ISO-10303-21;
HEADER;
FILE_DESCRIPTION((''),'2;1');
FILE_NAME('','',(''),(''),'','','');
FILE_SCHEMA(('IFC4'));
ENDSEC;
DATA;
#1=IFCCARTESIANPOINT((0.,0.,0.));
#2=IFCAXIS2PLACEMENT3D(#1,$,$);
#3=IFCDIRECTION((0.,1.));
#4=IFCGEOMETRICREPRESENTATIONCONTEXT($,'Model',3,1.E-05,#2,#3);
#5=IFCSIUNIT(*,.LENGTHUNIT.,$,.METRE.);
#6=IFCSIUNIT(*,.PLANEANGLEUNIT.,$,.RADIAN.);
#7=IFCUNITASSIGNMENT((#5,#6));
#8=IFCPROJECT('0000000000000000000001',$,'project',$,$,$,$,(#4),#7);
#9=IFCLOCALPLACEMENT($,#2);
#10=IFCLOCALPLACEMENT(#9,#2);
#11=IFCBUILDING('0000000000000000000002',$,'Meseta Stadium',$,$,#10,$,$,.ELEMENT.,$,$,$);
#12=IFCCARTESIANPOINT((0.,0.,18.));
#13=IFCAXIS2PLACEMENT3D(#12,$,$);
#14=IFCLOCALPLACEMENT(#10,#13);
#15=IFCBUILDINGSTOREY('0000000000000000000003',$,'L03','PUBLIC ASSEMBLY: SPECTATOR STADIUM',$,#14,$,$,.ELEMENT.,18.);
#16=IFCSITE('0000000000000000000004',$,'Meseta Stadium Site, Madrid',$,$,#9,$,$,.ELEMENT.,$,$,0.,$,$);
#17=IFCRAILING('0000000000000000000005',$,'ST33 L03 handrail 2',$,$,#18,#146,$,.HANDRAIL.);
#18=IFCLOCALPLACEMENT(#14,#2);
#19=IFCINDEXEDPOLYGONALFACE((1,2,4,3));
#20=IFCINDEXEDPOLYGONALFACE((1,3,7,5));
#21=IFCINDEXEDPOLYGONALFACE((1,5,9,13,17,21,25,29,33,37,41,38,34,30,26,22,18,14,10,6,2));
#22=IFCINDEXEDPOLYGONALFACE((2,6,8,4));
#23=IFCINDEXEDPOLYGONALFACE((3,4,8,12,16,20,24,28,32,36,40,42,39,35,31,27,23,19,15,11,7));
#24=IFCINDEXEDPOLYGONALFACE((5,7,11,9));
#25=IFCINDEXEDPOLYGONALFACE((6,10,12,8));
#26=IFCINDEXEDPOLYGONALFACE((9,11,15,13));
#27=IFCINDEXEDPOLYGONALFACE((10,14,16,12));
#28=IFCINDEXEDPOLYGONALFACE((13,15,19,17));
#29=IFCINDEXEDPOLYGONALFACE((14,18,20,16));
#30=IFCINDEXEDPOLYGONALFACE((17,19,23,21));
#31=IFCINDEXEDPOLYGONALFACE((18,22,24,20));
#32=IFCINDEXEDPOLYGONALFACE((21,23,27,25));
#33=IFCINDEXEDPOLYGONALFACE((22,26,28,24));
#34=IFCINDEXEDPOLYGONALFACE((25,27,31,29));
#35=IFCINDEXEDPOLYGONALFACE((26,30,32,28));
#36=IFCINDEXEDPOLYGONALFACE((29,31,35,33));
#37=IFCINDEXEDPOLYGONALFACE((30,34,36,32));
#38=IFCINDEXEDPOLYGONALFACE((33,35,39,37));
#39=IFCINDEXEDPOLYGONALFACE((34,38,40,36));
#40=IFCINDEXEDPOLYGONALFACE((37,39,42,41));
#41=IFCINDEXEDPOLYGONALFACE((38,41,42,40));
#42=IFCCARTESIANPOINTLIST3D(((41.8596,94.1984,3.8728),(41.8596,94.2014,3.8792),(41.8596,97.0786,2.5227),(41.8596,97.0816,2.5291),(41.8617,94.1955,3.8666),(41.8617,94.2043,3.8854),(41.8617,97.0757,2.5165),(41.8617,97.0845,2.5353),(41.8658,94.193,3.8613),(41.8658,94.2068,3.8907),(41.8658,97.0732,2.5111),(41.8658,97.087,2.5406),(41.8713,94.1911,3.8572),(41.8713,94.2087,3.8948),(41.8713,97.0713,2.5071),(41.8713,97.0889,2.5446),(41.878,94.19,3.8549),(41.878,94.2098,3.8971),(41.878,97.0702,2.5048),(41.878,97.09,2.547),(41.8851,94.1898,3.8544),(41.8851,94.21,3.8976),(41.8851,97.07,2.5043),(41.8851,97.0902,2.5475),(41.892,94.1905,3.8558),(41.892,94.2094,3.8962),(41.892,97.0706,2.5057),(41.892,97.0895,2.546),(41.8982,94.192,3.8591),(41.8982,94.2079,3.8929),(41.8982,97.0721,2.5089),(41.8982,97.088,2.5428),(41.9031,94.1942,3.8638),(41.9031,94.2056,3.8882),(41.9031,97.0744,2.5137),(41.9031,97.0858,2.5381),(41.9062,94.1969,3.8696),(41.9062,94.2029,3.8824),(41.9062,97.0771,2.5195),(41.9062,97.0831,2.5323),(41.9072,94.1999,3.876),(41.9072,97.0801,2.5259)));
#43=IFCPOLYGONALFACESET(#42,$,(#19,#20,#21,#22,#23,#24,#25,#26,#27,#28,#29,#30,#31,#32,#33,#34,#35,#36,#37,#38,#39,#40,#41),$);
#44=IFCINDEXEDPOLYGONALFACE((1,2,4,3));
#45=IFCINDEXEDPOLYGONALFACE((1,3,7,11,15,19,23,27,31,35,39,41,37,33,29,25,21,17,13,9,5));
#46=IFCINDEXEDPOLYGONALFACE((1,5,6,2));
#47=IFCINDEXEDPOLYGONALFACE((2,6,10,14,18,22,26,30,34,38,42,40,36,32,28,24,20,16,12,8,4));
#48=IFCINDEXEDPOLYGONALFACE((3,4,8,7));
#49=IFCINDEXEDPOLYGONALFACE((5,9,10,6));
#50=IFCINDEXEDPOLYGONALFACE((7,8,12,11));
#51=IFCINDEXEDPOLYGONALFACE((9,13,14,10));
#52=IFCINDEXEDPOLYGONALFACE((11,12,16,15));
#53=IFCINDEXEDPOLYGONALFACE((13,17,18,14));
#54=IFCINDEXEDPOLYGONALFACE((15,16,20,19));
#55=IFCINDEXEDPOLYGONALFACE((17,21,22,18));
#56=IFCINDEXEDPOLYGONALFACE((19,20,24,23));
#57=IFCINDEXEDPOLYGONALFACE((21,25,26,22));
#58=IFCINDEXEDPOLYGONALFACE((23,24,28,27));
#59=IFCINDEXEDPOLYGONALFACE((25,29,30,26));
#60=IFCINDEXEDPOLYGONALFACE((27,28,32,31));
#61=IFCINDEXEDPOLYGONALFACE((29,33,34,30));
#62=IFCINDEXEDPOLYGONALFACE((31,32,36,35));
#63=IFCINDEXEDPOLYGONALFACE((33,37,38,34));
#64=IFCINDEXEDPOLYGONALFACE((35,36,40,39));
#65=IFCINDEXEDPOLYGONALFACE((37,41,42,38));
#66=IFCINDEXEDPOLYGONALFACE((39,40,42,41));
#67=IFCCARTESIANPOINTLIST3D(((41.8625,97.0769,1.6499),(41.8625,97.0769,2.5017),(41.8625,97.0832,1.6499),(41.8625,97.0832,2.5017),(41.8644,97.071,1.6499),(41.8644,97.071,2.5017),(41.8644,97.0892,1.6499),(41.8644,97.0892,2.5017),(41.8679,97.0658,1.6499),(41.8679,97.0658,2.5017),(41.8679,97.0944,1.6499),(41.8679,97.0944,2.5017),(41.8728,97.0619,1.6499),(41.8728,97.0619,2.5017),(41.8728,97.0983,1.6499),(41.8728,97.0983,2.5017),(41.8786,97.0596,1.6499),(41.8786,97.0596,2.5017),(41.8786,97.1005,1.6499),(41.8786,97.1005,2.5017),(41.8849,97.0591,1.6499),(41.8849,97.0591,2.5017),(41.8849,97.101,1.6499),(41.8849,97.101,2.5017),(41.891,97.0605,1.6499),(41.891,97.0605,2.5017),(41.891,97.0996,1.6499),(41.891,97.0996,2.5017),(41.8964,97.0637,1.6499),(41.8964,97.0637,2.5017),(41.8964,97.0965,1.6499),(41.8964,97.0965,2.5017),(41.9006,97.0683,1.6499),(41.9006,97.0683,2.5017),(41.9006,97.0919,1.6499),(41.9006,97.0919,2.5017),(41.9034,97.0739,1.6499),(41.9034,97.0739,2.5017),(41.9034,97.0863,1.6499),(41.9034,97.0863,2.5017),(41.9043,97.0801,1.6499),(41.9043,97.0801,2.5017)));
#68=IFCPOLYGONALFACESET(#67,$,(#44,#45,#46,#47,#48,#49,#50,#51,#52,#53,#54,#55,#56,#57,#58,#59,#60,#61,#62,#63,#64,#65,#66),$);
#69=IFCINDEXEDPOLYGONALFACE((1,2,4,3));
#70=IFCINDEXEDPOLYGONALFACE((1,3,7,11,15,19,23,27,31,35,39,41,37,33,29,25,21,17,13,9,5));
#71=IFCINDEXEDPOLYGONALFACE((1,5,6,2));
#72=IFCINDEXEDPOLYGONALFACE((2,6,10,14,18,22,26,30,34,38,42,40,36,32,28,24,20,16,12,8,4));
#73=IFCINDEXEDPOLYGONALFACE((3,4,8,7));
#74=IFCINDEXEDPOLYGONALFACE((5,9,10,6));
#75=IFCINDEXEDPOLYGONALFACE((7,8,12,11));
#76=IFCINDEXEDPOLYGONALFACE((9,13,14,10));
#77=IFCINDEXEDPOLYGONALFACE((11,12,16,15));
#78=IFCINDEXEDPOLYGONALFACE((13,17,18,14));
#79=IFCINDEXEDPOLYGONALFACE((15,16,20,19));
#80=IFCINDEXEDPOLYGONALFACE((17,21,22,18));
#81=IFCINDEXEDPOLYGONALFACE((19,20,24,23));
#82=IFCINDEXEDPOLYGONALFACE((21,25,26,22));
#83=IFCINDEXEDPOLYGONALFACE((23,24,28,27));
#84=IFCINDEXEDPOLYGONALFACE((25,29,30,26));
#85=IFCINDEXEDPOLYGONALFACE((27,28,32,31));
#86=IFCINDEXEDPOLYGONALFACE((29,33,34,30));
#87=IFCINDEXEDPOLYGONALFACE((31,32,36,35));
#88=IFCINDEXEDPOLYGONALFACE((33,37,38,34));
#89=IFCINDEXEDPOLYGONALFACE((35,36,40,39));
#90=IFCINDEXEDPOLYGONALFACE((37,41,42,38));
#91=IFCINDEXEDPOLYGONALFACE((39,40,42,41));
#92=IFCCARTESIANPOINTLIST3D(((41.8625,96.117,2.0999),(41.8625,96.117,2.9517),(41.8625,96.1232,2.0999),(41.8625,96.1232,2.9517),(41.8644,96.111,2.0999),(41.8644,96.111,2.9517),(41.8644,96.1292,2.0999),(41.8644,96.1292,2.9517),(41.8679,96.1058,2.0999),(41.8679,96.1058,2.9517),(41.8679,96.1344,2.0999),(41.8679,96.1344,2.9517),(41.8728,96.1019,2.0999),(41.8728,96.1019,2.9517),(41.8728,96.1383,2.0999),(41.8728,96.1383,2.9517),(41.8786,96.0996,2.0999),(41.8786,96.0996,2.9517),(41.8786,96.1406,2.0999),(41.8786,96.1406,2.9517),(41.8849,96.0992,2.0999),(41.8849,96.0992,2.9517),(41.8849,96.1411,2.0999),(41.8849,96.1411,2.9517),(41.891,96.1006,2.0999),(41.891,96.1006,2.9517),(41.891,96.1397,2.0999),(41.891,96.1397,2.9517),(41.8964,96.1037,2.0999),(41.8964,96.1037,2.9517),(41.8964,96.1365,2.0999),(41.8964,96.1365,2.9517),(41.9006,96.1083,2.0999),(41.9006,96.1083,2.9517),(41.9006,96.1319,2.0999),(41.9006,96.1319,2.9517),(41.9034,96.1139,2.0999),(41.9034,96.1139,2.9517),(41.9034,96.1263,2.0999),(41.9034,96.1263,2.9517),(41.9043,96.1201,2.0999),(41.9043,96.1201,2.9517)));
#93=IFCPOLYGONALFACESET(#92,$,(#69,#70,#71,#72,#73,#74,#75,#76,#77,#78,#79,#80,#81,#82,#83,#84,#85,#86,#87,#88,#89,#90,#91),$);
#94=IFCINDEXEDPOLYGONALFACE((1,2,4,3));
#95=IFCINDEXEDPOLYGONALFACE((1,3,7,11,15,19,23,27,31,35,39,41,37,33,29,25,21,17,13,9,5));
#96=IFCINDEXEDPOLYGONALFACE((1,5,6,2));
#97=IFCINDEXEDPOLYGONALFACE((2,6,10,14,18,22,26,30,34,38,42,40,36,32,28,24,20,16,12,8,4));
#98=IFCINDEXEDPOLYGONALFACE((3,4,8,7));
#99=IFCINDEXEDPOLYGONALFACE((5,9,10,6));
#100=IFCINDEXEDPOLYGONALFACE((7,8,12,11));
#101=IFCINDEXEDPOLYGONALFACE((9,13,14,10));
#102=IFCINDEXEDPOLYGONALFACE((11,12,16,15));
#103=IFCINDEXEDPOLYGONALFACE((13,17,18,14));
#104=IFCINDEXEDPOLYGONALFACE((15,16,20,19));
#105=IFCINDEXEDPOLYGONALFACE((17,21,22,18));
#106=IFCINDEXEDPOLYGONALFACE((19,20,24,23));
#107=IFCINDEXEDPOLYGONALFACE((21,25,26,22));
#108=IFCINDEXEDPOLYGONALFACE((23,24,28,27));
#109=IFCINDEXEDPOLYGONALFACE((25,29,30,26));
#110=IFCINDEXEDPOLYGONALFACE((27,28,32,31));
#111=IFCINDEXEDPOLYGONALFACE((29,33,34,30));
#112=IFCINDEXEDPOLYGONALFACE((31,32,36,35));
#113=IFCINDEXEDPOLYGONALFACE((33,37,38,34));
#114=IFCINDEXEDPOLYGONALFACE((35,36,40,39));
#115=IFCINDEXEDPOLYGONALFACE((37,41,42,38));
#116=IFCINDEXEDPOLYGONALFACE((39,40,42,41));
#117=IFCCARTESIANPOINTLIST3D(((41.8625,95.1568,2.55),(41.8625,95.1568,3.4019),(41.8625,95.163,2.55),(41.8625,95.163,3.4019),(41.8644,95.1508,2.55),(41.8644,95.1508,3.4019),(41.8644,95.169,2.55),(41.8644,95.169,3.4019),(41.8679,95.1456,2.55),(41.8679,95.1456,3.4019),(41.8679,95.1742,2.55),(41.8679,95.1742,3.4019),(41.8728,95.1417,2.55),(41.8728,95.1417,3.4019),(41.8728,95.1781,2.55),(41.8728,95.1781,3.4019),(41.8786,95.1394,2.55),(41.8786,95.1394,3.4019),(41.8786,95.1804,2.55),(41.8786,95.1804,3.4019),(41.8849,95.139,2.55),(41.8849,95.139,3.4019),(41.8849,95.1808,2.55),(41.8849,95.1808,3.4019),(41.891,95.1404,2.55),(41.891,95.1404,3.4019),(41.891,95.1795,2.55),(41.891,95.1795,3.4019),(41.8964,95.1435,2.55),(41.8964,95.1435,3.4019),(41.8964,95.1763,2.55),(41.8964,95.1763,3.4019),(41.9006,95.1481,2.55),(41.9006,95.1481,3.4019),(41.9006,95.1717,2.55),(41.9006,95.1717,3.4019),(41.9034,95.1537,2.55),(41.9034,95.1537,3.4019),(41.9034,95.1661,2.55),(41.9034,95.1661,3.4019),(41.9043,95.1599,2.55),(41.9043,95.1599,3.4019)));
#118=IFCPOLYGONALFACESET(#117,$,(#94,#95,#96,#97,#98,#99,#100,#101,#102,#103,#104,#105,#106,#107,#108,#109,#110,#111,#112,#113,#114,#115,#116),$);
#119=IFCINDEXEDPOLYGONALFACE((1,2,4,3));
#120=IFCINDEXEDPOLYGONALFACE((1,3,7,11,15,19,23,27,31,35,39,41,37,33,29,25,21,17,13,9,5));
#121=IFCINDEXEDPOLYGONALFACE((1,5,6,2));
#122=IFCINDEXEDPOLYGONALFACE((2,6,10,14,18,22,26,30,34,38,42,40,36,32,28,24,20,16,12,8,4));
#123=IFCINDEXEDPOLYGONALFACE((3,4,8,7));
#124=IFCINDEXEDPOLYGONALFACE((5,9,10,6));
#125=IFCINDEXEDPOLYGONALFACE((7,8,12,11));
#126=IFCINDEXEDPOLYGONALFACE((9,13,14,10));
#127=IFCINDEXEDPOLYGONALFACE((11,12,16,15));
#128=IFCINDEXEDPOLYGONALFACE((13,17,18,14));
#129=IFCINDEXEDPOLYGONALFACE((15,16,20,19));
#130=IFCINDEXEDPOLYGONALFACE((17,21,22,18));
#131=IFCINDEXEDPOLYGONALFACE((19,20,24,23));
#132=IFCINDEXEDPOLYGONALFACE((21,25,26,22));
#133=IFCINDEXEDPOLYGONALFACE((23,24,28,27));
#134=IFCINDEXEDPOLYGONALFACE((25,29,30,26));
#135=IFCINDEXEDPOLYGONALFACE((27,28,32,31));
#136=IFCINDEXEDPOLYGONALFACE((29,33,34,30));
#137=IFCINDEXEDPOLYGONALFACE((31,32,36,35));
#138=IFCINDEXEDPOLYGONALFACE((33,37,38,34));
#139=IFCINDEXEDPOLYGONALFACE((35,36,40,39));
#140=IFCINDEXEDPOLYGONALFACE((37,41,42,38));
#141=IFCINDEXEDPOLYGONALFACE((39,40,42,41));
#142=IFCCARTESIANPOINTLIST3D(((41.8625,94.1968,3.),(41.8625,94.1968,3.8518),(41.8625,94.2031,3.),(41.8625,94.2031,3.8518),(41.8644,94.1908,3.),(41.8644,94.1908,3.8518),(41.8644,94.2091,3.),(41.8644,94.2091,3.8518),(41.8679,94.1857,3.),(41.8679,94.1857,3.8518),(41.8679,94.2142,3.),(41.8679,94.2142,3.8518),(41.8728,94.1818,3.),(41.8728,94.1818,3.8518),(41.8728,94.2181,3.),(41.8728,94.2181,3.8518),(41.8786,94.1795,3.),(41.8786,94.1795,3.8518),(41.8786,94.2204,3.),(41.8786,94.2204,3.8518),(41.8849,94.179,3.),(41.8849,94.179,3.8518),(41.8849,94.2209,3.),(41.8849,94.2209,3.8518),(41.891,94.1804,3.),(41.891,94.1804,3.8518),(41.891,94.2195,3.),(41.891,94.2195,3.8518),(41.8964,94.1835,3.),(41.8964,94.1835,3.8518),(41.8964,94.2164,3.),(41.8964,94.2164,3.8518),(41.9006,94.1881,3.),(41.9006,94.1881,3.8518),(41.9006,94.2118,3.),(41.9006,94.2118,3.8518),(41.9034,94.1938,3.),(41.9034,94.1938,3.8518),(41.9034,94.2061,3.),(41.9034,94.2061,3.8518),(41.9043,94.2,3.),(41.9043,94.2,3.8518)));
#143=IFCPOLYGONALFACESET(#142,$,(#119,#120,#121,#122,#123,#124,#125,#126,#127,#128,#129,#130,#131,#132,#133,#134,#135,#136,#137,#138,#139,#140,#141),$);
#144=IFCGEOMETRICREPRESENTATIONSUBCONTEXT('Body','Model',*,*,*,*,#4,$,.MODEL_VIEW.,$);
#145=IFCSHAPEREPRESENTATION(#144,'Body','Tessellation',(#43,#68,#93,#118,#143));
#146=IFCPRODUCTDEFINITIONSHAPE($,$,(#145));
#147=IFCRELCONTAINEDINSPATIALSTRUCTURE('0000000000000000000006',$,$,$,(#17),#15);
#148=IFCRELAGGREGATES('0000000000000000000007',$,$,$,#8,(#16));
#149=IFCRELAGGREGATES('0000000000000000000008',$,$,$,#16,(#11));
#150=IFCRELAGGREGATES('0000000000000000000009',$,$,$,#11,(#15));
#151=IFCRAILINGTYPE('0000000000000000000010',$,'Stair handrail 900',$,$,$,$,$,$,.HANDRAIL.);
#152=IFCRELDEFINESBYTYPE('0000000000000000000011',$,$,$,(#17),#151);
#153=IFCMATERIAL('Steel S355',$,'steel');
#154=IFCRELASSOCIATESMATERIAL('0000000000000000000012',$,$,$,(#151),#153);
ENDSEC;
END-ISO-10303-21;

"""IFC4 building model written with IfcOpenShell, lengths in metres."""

from ifc_helpers import new_model, si_unit, direction, frame, origin, origin_2d, place, context, subcontext, project, spatial, circle, extrude, material, type_object, element, save


model = new_model("IFC4")

# Units and contexts
model_context = context("Model", 3, precision=1e-05, world=origin(), true_north=direction((0.0, 1.0)))
body_context = subcontext(model_context, "Body", "Model", "MODEL_VIEW")
ifc_project = project(units=[si_unit("LENGTHUNIT", "METRE"), si_unit("PLANEANGLEUNIT", "RADIAN")], contexts=[model_context])

# Site, building, storey
site_placement = place(None, origin())
site = spatial("IfcSite", under=ifc_project, at=site_placement, Name="Meseta Stadium Site, Madrid", CompositionType="ELEMENT", RefElevation=0.0)
building_placement = place(site_placement, origin())
building = spatial("IfcBuilding", under=site, at=building_placement, Name="Meseta Stadium", CompositionType="ELEMENT")
storey_placement = place(building_placement, frame((0.0, 0.0, 18.0)))
storey = spatial("IfcBuildingStorey", under=building, at=storey_placement, Name="L03", Description="PUBLIC ASSEMBLY: SPECTATOR STADIUM", CompositionType="ELEMENT", Elevation=18.0)

# Railing
ifc_material_1 = material(Name="Steel S355", Category="steel")
railing_type_1 = type_object("IfcRailingType", Name="Stair handrail 900", PredefinedType="HANDRAIL", material=ifc_material_1)
railing_1_placement = place(storey_placement, frame((41.8833, 97.0801, 1.6499)))
element("IfcRailing", 1, at=railing_1_placement, inside=storey, type_object=railing_type_1, Name="ST33 L03 handrail 2", PredefinedType="HANDRAIL", context=body_context, shape_type="SweptSolid", body=[
    extrude(circle(Radius=0.0239, at=origin_2d()), frame((0.0, 0.0, 0.876), z_axis=(0.0, -0.905454, 0.424444), x_axis=(1.0, 0.0, 0.0)), (0.0, 0.0, 1.0), 3.1809),
    extrude(circle(Radius=0.021, at=origin_2d()), origin(), (0.0, 0.0, 1.0), 0.8518),
    extrude(circle(Radius=0.021, at=origin_2d()), frame((0.0, -0.96, 0.45)), (0.0, 0.0, 1.0), 0.8518),
    extrude(circle(Radius=0.021, at=origin_2d()), frame((0.0, -1.9202, 0.9001)), (0.0, 0.0, 1.0), 0.8518),
    extrude(circle(Radius=0.021, at=origin_2d()), frame((0.0, -2.8801, 1.3501)), (0.0, 0.0, 1.0), 0.8518),
])

save(model, "model.ifc")
